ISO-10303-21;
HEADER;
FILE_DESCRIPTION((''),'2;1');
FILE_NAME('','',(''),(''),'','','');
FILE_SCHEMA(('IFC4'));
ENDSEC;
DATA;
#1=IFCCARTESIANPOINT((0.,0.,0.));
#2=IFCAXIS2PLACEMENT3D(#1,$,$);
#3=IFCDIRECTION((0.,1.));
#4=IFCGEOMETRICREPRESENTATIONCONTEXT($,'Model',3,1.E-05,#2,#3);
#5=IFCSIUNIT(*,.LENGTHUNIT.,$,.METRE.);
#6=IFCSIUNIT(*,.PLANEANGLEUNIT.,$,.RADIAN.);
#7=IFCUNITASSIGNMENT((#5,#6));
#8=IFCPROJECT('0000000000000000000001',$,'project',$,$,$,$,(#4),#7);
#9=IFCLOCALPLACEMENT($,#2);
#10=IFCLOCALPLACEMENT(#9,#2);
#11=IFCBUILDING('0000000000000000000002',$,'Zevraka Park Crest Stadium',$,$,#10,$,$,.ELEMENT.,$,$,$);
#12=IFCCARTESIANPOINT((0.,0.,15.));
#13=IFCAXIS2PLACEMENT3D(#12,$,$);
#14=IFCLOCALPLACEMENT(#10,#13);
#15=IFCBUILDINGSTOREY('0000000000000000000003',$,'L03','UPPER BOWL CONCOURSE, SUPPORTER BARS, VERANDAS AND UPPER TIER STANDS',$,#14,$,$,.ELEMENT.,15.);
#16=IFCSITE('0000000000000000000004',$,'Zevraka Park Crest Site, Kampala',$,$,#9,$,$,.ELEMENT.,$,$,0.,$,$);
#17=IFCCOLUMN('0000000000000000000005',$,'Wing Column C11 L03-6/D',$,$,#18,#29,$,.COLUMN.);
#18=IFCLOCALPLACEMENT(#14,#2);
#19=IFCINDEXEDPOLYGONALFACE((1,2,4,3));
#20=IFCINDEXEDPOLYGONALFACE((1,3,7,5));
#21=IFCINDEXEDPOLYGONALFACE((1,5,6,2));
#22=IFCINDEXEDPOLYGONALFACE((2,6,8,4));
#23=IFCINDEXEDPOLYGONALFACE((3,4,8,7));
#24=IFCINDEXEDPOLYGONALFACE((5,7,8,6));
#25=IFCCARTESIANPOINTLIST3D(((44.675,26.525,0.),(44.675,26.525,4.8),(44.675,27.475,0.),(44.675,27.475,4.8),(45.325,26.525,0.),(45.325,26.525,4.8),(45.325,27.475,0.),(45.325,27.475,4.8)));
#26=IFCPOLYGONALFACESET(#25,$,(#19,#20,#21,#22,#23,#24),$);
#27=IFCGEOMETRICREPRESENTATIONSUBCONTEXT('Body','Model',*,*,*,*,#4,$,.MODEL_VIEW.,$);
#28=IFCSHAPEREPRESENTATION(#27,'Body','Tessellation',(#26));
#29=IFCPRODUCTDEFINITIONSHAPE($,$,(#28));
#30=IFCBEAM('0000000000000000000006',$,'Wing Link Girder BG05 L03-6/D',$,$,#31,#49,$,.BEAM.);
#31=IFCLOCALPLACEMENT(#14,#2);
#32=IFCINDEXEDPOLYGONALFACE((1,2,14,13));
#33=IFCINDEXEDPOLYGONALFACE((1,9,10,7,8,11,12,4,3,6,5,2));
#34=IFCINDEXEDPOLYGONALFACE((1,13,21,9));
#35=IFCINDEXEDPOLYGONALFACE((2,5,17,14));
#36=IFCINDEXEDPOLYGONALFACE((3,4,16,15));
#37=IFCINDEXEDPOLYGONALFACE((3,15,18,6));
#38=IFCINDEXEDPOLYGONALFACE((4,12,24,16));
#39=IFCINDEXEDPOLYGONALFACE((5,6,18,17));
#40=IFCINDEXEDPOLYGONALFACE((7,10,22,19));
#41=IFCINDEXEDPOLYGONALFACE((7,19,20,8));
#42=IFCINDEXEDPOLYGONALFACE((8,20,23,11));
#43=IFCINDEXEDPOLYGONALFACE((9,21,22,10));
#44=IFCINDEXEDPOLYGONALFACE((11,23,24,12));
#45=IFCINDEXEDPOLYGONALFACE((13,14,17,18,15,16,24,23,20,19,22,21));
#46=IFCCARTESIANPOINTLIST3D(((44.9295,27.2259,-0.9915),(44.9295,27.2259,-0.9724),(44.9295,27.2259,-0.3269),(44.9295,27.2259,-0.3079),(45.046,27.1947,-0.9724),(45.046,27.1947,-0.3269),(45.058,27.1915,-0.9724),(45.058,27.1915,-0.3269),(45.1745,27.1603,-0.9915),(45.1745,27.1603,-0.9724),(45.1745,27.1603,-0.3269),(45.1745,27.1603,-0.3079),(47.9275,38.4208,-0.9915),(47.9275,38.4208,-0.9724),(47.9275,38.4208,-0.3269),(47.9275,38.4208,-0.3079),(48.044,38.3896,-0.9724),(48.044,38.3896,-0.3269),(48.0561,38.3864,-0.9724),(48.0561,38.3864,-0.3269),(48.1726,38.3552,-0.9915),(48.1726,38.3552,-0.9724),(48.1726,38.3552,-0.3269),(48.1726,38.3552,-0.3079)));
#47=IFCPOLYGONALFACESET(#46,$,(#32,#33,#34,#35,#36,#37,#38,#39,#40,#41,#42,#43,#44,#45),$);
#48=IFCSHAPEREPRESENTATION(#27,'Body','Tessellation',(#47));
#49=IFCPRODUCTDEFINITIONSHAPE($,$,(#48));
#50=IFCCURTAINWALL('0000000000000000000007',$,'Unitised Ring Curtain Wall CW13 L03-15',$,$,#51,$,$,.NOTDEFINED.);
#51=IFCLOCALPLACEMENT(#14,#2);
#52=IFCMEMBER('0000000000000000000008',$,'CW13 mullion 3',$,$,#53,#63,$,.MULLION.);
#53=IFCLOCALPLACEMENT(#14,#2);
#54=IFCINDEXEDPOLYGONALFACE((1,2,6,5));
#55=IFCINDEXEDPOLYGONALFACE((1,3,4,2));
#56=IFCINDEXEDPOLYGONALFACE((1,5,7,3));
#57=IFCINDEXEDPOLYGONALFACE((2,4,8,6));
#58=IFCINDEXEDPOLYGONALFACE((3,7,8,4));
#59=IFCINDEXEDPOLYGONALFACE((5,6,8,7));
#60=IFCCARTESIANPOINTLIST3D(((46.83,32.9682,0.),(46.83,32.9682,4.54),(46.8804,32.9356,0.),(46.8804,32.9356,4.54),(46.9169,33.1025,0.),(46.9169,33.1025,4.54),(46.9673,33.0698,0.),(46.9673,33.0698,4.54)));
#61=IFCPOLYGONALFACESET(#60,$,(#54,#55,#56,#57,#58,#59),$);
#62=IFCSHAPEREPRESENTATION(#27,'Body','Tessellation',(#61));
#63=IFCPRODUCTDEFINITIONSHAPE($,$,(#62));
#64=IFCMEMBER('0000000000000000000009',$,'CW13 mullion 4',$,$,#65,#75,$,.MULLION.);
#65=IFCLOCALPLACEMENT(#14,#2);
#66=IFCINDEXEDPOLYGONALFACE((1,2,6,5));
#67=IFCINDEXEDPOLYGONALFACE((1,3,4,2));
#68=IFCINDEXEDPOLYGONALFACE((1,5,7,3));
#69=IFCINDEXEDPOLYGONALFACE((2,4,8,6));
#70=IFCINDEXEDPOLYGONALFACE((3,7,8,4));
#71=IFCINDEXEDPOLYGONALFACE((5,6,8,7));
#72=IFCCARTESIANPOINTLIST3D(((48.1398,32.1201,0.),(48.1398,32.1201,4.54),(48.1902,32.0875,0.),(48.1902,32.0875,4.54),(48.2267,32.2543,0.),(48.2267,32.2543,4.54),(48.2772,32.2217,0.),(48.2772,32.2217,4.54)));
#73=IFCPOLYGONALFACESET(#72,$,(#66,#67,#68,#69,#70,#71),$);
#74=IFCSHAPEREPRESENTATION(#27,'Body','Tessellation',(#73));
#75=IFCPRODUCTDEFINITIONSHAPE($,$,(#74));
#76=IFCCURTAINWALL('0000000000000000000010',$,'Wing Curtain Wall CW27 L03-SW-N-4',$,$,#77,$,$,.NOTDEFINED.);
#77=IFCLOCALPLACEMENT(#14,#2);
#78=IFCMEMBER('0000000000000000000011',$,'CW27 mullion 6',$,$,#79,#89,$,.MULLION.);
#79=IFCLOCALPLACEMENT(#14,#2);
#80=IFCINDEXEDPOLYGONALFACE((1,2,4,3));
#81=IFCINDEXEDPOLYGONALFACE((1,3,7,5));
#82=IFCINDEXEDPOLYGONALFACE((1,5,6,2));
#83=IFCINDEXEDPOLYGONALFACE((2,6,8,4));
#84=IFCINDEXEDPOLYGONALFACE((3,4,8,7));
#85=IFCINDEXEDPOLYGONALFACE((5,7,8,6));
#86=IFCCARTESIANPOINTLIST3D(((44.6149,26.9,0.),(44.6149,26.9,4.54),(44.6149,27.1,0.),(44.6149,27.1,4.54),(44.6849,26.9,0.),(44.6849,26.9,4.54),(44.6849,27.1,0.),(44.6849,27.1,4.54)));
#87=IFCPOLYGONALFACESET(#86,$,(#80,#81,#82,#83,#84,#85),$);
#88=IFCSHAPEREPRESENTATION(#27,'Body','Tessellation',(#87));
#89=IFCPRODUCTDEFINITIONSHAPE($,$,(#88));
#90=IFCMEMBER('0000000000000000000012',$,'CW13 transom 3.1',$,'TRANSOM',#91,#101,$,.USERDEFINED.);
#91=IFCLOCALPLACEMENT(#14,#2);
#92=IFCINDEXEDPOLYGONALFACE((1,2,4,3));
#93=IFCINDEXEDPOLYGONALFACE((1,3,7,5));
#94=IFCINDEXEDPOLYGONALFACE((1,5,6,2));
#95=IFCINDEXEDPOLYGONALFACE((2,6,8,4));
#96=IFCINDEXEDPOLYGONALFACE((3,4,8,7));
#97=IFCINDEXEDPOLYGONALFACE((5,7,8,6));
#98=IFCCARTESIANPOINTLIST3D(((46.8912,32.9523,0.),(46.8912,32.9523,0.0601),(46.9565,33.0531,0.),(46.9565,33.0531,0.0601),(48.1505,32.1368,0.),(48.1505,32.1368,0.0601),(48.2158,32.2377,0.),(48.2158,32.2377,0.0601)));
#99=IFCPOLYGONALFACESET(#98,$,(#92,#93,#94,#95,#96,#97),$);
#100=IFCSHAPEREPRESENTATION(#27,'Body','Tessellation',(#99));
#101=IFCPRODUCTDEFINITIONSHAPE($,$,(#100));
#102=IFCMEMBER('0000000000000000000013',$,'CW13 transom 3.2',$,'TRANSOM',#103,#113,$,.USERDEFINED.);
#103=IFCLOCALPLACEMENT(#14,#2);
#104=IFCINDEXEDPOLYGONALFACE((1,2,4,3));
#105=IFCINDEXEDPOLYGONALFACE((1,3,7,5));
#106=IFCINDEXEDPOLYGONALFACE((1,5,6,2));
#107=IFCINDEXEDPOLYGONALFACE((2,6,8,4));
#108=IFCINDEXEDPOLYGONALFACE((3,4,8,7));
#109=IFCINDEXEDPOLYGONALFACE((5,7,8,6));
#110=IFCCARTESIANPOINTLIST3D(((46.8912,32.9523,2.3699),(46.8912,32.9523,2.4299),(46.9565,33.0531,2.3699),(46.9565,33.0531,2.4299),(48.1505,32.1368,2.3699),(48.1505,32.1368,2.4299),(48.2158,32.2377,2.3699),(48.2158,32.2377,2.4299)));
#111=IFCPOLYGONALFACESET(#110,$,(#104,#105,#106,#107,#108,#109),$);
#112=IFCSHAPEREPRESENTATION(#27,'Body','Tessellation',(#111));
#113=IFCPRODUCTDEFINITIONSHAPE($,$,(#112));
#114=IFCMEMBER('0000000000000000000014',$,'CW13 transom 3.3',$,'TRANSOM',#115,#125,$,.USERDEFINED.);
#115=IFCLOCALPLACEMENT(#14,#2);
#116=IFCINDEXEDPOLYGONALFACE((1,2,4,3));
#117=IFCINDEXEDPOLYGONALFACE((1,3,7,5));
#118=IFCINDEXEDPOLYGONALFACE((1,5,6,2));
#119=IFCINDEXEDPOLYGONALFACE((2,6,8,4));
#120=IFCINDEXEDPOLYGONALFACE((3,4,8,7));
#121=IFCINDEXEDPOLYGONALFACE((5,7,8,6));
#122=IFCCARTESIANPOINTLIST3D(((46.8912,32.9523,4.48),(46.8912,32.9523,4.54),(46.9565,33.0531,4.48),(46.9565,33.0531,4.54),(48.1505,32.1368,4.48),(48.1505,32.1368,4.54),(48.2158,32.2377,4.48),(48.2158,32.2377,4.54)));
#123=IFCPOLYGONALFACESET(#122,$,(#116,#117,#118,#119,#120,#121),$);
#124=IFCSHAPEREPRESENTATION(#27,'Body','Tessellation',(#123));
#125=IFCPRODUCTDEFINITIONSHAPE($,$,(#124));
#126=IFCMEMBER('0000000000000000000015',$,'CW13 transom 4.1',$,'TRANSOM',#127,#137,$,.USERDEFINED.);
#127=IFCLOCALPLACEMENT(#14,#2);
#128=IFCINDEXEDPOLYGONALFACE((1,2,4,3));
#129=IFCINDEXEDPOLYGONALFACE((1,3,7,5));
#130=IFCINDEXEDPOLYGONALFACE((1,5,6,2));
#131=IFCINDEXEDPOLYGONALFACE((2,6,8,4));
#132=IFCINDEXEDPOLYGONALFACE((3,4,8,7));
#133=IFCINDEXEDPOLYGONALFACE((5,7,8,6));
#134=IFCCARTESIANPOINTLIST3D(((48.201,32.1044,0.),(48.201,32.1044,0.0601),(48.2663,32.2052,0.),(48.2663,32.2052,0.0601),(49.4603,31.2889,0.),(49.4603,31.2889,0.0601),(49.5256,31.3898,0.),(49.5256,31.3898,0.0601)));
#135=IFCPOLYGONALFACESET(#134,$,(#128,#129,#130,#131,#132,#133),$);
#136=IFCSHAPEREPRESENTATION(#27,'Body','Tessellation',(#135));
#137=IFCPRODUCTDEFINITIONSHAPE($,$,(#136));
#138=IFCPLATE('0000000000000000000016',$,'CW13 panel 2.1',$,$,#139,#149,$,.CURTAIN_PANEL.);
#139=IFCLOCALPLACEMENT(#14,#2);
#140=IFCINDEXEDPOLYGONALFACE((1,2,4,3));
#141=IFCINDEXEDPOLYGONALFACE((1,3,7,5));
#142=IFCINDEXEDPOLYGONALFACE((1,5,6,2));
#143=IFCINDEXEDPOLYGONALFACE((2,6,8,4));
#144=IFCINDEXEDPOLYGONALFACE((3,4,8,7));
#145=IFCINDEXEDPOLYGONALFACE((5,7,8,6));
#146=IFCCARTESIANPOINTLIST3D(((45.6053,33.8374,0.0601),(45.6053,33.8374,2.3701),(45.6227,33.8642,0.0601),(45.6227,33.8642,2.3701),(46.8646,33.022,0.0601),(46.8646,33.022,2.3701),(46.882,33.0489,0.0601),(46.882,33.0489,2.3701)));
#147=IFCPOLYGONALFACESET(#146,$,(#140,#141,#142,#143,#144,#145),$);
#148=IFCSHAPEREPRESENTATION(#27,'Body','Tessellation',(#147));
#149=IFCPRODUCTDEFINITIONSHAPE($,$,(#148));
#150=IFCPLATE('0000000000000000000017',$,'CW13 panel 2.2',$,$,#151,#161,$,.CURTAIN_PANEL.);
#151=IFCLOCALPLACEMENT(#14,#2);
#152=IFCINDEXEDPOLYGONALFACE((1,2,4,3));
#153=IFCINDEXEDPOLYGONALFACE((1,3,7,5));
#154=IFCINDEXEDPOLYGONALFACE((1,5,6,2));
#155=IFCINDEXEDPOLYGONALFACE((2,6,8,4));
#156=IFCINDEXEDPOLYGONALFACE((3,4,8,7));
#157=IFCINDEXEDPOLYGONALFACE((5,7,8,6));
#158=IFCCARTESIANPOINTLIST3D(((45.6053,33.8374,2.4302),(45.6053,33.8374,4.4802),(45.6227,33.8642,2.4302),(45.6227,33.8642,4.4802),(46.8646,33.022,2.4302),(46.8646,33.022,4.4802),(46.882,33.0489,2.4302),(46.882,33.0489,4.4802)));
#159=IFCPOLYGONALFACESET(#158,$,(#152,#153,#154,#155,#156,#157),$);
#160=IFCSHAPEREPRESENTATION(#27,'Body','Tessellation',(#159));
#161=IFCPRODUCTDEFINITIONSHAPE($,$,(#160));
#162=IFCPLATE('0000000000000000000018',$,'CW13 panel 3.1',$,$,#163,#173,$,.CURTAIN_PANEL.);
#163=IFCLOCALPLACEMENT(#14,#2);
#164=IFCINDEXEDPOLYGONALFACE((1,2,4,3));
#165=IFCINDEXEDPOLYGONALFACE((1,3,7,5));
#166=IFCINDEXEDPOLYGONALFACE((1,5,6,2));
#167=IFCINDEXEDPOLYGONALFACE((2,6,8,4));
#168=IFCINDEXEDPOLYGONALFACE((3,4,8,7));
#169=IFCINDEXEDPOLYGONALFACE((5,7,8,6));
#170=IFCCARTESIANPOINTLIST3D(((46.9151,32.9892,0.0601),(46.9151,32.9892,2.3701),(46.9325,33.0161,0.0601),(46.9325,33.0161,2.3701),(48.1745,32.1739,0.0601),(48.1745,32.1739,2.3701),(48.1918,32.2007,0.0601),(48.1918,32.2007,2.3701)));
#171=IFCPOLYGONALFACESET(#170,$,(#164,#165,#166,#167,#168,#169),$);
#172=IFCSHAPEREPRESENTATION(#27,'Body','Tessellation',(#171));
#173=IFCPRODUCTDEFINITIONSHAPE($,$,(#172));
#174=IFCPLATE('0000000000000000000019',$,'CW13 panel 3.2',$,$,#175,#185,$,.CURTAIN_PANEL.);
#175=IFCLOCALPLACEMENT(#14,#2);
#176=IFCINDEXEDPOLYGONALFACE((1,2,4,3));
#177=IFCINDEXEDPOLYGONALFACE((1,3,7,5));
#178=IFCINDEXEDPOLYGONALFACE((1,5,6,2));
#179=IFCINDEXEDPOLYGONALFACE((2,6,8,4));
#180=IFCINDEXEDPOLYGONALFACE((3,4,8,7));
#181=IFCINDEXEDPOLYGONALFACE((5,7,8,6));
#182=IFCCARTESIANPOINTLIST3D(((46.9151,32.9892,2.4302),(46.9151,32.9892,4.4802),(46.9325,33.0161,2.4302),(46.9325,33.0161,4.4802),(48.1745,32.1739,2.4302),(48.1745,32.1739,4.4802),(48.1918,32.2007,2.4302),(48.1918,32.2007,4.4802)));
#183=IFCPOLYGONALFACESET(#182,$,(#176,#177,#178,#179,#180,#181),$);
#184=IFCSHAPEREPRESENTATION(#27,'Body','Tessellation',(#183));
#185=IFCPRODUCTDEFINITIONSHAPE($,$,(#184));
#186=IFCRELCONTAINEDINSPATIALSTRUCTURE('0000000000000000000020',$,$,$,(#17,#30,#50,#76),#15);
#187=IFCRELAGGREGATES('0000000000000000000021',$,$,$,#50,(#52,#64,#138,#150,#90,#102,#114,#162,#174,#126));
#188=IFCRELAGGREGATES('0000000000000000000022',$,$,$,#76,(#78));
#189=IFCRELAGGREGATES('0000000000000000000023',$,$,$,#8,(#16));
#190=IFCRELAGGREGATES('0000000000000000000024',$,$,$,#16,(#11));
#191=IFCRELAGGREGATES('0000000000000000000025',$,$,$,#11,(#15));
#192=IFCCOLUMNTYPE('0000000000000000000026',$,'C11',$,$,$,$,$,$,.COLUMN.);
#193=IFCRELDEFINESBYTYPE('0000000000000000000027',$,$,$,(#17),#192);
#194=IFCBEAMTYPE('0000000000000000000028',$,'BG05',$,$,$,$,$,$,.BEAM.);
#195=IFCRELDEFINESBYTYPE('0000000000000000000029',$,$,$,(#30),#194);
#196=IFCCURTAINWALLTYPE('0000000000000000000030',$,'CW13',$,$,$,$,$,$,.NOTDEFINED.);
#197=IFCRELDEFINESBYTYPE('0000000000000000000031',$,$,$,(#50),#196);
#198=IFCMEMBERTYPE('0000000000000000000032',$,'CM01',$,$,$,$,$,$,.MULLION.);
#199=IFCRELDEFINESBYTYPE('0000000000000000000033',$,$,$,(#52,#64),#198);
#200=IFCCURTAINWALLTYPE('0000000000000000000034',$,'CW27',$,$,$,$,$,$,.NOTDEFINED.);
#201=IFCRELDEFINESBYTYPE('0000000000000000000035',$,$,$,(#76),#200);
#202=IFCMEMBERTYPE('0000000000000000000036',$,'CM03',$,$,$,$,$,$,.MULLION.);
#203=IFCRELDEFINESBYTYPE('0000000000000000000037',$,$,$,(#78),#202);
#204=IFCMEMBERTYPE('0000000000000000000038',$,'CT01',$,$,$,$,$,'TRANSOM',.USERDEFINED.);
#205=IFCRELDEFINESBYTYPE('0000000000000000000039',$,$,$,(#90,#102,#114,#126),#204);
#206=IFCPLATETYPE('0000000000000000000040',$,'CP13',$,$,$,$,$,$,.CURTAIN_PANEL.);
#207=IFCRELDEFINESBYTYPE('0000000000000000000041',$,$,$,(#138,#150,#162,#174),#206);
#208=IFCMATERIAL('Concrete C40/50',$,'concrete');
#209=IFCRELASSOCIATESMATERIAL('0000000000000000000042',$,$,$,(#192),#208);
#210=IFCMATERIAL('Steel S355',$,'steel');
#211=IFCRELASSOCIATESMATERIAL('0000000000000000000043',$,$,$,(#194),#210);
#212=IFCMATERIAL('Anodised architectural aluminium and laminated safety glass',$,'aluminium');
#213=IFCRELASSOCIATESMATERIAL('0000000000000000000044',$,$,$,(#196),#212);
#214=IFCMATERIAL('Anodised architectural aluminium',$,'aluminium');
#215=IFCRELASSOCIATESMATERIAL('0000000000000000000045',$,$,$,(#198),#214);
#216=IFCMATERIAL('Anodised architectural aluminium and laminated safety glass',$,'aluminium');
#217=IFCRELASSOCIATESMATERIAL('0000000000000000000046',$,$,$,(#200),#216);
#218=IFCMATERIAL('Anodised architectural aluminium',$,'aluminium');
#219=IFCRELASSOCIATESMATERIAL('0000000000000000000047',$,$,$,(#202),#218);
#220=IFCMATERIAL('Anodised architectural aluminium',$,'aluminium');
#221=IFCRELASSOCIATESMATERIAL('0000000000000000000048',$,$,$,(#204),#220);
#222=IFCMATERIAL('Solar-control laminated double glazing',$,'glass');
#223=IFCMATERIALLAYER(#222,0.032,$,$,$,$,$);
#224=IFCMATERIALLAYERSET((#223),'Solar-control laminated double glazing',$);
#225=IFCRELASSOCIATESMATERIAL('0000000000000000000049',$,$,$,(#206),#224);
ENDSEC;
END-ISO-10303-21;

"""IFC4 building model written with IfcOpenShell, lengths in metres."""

from ifc_helpers import new_model, si_unit, direction, frame, origin, origin_2d, place, context, subcontext, project, spatial, rectangle, i_section, extrude, material, layer, layer_set, material_profile, profile_set, type_object, element, aggregate, save


model = new_model("IFC4")

# Units and contexts
model_context = context("Model", 3, precision=1e-05, world=origin(), true_north=direction((0.0, 1.0)))
body_context = subcontext(model_context, "Body", "Model", "MODEL_VIEW")
ifc_project = project(units=[si_unit("LENGTHUNIT", "METRE"), si_unit("PLANEANGLEUNIT", "RADIAN")], contexts=[model_context])

# Site, building, storey
site_placement = place(None, origin())
site = spatial("IfcSite", under=ifc_project, at=site_placement, Name="Zevraka Park Crest Site, Kampala", CompositionType="ELEMENT", RefElevation=0.0)
building_placement = place(site_placement, origin())
building = spatial("IfcBuilding", under=site, at=building_placement, Name="Zevraka Park Crest Stadium", CompositionType="ELEMENT")
storey_placement = place(building_placement, frame((0.0, 0.0, 15.0)))
storey = spatial("IfcBuildingStorey", under=building, at=storey_placement, Name="L03", Description="UPPER BOWL CONCOURSE, SUPPORTER BARS, VERANDAS AND UPPER TIER STANDS", CompositionType="ELEMENT", Elevation=15.0)

# Column
ifc_material_1 = material(Name="Concrete C40/50", Category="concrete")
ifc_material_profile_1 = material_profile(ifc_material_1, rectangle(XDim=0.6499, YDim=0.95, at=origin_2d()), Name="RC 950x650")
ifc_profile_set_1 = profile_set([ifc_material_profile_1], Name="Concrete C40/50")
column_type = type_object("IfcColumnType", Name="C11", PredefinedType="COLUMN", material=ifc_profile_set_1)
column_placement = place(storey_placement, frame((45.0, 27.0, 0.0), z_axis=(0.0, 0.0, 1.0), x_axis=(1.0, 0.0, 0.0)))
element("IfcColumn", 1, at=column_placement, inside=storey, type_object=column_type, Name="Wing Column C11 L03-6/D", PredefinedType="COLUMN", context=body_context, shape_type="SweptSolid", body=[
    extrude(rectangle(XDim=0.6499, YDim=0.95, at=origin_2d()), origin(), (0.0, 0.0, 1.0), 4.8),
])

# Beam
ifc_material_2 = material(Name="Steel S355", Category="steel")
ifc_material_profile_2 = material_profile(ifc_material_2, i_section(OverallWidth=0.2537, OverallDepth=0.6836, WebThickness=0.0125, FlangeThickness=0.019, at=origin_2d()), Name="UKB 686x254x140")
ifc_profile_set_2 = profile_set([ifc_material_profile_2], Name="Steel S355")
beam_type = type_object("IfcBeamType", Name="BG05", PredefinedType="BEAM", material=ifc_profile_set_2)
beam_placement = place(storey_placement, frame((45.052, 27.1931, -0.6497), z_axis=(0.25869, 0.96596, 0.0), x_axis=(-0.96596, 0.25869, 0.0)))
element("IfcBeam", 2, at=beam_placement, inside=storey, type_object=beam_type, Name="Wing Link Girder BG05 L03-6/D", PredefinedType="BEAM", context=body_context, shape_type="SweptSolid", body=[
    extrude(i_section(OverallWidth=0.2537, OverallDepth=0.6836, WebThickness=0.0125, FlangeThickness=0.019, at=origin_2d()), origin(), (0.0, 0.0, 1.0), 11.5894),
])

# Curtain wall, members
ifc_material_3 = material(Name="Anodised architectural aluminium and laminated safety glass", Category="aluminium")
curtain_wall_type_1 = type_object("IfcCurtainWallType", Name="CW13", PredefinedType="NOTDEFINED", material=ifc_material_3)
curtain_wall_1_placement = place(storey_placement, origin())
curtain_wall_1 = element("IfcCurtainWall", 3, at=curtain_wall_1_placement, inside=storey, type_object=curtain_wall_type_1, Name="Unitised Ring Curtain Wall CW13 L03-15", PredefinedType="NOTDEFINED")
ifc_material_4 = material(Name="Anodised architectural aluminium", Category="aluminium")
ifc_material_profile_3 = material_profile(ifc_material_4, rectangle(XDim=0.1599, YDim=0.0601, at=origin_2d()), Name="ALU MULLION 160x60")
ifc_profile_set_3 = profile_set([ifc_material_profile_3], Name="Anodised architectural aluminium")
member_type_1 = type_object("IfcMemberType", Name="CM01", PredefinedType="MULLION", material=ifc_profile_set_3)
member_1_placement = place(storey_placement, frame((46.8987, 33.019, 0.0), z_axis=(0.0, 0.0, 1.0), x_axis=(0.543469, 0.839429, 0.0)))
member_1 = element("IfcMember", 4, at=member_1_placement, type_object=member_type_1, Name="CW13 mullion 3", PredefinedType="MULLION", context=body_context, shape_type="SweptSolid", body=[
    extrude(rectangle(XDim=0.1599, YDim=0.0601, at=origin_2d()), origin(), (0.0, 0.0, 1.0), 4.54),
])
member_2_placement = place(storey_placement, frame((48.2085, 32.1709, 0.0), z_axis=(0.0, 0.0, 1.0), x_axis=(0.543469, 0.839429, 0.0)))
member_2 = element("IfcMember", 5, at=member_2_placement, type_object=member_type_1, Name="CW13 mullion 4", PredefinedType="MULLION", context=body_context, shape_type="SweptSolid", body=[
    extrude(rectangle(XDim=0.1599, YDim=0.0601, at=origin_2d()), origin(), (0.0, 0.0, 1.0), 4.54),
])

# Curtain wall, member
ifc_material_5 = material(Name="Anodised architectural aluminium and laminated safety glass", Category="aluminium")
curtain_wall_type_2 = type_object("IfcCurtainWallType", Name="CW27", PredefinedType="NOTDEFINED", material=ifc_material_5)
curtain_wall_2_placement = place(storey_placement, origin())
curtain_wall_2 = element("IfcCurtainWall", 6, at=curtain_wall_2_placement, inside=storey, type_object=curtain_wall_type_2, Name="Wing Curtain Wall CW27 L03-SW-N-4", PredefinedType="NOTDEFINED")
ifc_material_6 = material(Name="Anodised architectural aluminium", Category="aluminium")
ifc_material_profile_4 = material_profile(ifc_material_6, rectangle(XDim=0.2, YDim=0.0701, at=origin_2d()), Name="ALU MULLION 200x70")
ifc_profile_set_4 = profile_set([ifc_material_profile_4], Name="Anodised architectural aluminium")
member_type_2 = type_object("IfcMemberType", Name="CM03", PredefinedType="MULLION", material=ifc_profile_set_4)
member_3_placement = place(storey_placement, frame((44.6499, 27.0, 0.0), z_axis=(0.0, 0.0, 1.0), x_axis=(0.0, 1.0, 0.0)))
member_3 = element("IfcMember", 7, at=member_3_placement, type_object=member_type_2, Name="CW27 mullion 6", PredefinedType="MULLION", context=body_context, shape_type="SweptSolid", body=[
    extrude(rectangle(XDim=0.2, YDim=0.0701, at=origin_2d()), origin(), (0.0, 0.0, 1.0), 4.54),
])

# Members
ifc_material_7 = material(Name="Anodised architectural aluminium", Category="aluminium")
ifc_material_profile_5 = material_profile(ifc_material_7, rectangle(XDim=0.1201, YDim=0.0601, at=origin_2d()), Name="ALU TRANSOM 120x60")
ifc_profile_set_5 = profile_set([ifc_material_profile_5], Name="Anodised architectural aluminium")
member_type_3 = type_object("IfcMemberType", Name="CT01", ElementType="TRANSOM", PredefinedType="USERDEFINED", material=ifc_profile_set_5)
member_4_placement = place(storey_placement, frame((46.9238, 33.0027, 0.03), z_axis=(0.839387, -0.543535, 0.0), x_axis=(0.543535, 0.839387, 0.0)))
member_4 = element("IfcMember", 8, at=member_4_placement, type_object=member_type_3, Name="CW13 transom 3.1", ObjectType="TRANSOM", PredefinedType="USERDEFINED", context=body_context, shape_type="SweptSolid", body=[
    extrude(rectangle(XDim=0.1201, YDim=0.0601, at=origin_2d()), origin(), (0.0, 0.0, 1.0), 1.5002),
])
member_5_placement = place(storey_placement, frame((46.9238, 33.0027, 2.3999), z_axis=(0.839387, -0.543535, 0.0), x_axis=(0.543535, 0.839387, 0.0)))
member_5 = element("IfcMember", 9, at=member_5_placement, type_object=member_type_3, Name="CW13 transom 3.2", ObjectType="TRANSOM", PredefinedType="USERDEFINED", context=body_context, shape_type="SweptSolid", body=[
    extrude(rectangle(XDim=0.1201, YDim=0.0601, at=origin_2d()), origin(), (0.0, 0.0, 1.0), 1.5002),
])
member_6_placement = place(storey_placement, frame((46.9238, 33.0027, 4.51), z_axis=(0.839387, -0.543535, 0.0), x_axis=(0.543535, 0.839387, 0.0)))
member_6 = element("IfcMember", 10, at=member_6_placement, type_object=member_type_3, Name="CW13 transom 3.3", ObjectType="TRANSOM", PredefinedType="USERDEFINED", context=body_context, shape_type="SweptSolid", body=[
    extrude(rectangle(XDim=0.1201, YDim=0.0601, at=origin_2d()), origin(), (0.0, 0.0, 1.0), 1.5002),
])
member_7_placement = place(storey_placement, frame((48.2336, 32.1548, 0.03), z_axis=(0.839387, -0.543535, 0.0), x_axis=(0.543535, 0.839387, 0.0)))
member_7 = element("IfcMember", 11, at=member_7_placement, type_object=member_type_3, Name="CW13 transom 4.1", ObjectType="TRANSOM", PredefinedType="USERDEFINED", context=body_context, shape_type="SweptSolid", body=[
    extrude(rectangle(XDim=0.1201, YDim=0.0601, at=origin_2d()), origin(), (0.0, 0.0, 1.0), 1.5002),
])

# Plates
ifc_material_8 = material(Name="Solar-control laminated double glazing", Category="glass")
ifc_layer_1 = layer(ifc_material_8, 0.032)
ifc_layer_set_1 = layer_set([ifc_layer_1], Name="Solar-control laminated double glazing")
plate_type_1 = type_object("IfcPlateType", Name="CP13", PredefinedType="CURTAIN_PANEL", material=ifc_layer_set_1)
plate_1_placement = place(storey_placement, frame((46.2437, 33.4431, 0.0601), z_axis=(0.0, 0.0, 1.0), x_axis=(0.839429, -0.543469, 0.0)))
plate_1 = element("IfcPlate", 12, at=plate_1_placement, type_object=plate_type_1, Name="CW13 panel 2.1", PredefinedType="CURTAIN_PANEL", context=body_context, shape_type="SweptSolid", body=[
    extrude(rectangle(XDim=1.5002, YDim=0.032, at=origin_2d()), origin(), (0.0, 0.0, 1.0), 2.3101),
])
plate_2_placement = place(storey_placement, frame((46.2437, 33.4431, 2.4302), z_axis=(0.0, 0.0, 1.0), x_axis=(0.839429, -0.543469, 0.0)))
plate_2 = element("IfcPlate", 13, at=plate_2_placement, type_object=plate_type_1, Name="CW13 panel 2.2", PredefinedType="CURTAIN_PANEL", context=body_context, shape_type="SweptSolid", body=[
    extrude(rectangle(XDim=1.5002, YDim=0.032, at=origin_2d()), origin(), (0.0, 0.0, 1.0), 2.05),
])
plate_3_placement = place(storey_placement, frame((47.5535, 32.595, 0.0601), z_axis=(0.0, 0.0, 1.0), x_axis=(0.839429, -0.543469, 0.0)))
plate_3 = element("IfcPlate", 14, at=plate_3_placement, type_object=plate_type_1, Name="CW13 panel 3.1", PredefinedType="CURTAIN_PANEL", context=body_context, shape_type="SweptSolid", body=[
    extrude(rectangle(XDim=1.5002, YDim=0.032, at=origin_2d()), origin(), (0.0, 0.0, 1.0), 2.3101),
])
plate_4_placement = place(storey_placement, frame((47.5535, 32.595, 2.4302), z_axis=(0.0, 0.0, 1.0), x_axis=(0.839429, -0.543469, 0.0)))
plate_4 = element("IfcPlate", 15, at=plate_4_placement, type_object=plate_type_1, Name="CW13 panel 3.2", PredefinedType="CURTAIN_PANEL", context=body_context, shape_type="SweptSolid", body=[
    extrude(rectangle(XDim=1.5002, YDim=0.032, at=origin_2d()), origin(), (0.0, 0.0, 1.0), 2.05),
])
aggregate(curtain_wall_1, [member_1, member_2, plate_1, plate_2, member_4, member_5, member_6, plate_3, plate_4, member_7])
aggregate(curtain_wall_2, [member_3])

save(model, "model.ifc")
